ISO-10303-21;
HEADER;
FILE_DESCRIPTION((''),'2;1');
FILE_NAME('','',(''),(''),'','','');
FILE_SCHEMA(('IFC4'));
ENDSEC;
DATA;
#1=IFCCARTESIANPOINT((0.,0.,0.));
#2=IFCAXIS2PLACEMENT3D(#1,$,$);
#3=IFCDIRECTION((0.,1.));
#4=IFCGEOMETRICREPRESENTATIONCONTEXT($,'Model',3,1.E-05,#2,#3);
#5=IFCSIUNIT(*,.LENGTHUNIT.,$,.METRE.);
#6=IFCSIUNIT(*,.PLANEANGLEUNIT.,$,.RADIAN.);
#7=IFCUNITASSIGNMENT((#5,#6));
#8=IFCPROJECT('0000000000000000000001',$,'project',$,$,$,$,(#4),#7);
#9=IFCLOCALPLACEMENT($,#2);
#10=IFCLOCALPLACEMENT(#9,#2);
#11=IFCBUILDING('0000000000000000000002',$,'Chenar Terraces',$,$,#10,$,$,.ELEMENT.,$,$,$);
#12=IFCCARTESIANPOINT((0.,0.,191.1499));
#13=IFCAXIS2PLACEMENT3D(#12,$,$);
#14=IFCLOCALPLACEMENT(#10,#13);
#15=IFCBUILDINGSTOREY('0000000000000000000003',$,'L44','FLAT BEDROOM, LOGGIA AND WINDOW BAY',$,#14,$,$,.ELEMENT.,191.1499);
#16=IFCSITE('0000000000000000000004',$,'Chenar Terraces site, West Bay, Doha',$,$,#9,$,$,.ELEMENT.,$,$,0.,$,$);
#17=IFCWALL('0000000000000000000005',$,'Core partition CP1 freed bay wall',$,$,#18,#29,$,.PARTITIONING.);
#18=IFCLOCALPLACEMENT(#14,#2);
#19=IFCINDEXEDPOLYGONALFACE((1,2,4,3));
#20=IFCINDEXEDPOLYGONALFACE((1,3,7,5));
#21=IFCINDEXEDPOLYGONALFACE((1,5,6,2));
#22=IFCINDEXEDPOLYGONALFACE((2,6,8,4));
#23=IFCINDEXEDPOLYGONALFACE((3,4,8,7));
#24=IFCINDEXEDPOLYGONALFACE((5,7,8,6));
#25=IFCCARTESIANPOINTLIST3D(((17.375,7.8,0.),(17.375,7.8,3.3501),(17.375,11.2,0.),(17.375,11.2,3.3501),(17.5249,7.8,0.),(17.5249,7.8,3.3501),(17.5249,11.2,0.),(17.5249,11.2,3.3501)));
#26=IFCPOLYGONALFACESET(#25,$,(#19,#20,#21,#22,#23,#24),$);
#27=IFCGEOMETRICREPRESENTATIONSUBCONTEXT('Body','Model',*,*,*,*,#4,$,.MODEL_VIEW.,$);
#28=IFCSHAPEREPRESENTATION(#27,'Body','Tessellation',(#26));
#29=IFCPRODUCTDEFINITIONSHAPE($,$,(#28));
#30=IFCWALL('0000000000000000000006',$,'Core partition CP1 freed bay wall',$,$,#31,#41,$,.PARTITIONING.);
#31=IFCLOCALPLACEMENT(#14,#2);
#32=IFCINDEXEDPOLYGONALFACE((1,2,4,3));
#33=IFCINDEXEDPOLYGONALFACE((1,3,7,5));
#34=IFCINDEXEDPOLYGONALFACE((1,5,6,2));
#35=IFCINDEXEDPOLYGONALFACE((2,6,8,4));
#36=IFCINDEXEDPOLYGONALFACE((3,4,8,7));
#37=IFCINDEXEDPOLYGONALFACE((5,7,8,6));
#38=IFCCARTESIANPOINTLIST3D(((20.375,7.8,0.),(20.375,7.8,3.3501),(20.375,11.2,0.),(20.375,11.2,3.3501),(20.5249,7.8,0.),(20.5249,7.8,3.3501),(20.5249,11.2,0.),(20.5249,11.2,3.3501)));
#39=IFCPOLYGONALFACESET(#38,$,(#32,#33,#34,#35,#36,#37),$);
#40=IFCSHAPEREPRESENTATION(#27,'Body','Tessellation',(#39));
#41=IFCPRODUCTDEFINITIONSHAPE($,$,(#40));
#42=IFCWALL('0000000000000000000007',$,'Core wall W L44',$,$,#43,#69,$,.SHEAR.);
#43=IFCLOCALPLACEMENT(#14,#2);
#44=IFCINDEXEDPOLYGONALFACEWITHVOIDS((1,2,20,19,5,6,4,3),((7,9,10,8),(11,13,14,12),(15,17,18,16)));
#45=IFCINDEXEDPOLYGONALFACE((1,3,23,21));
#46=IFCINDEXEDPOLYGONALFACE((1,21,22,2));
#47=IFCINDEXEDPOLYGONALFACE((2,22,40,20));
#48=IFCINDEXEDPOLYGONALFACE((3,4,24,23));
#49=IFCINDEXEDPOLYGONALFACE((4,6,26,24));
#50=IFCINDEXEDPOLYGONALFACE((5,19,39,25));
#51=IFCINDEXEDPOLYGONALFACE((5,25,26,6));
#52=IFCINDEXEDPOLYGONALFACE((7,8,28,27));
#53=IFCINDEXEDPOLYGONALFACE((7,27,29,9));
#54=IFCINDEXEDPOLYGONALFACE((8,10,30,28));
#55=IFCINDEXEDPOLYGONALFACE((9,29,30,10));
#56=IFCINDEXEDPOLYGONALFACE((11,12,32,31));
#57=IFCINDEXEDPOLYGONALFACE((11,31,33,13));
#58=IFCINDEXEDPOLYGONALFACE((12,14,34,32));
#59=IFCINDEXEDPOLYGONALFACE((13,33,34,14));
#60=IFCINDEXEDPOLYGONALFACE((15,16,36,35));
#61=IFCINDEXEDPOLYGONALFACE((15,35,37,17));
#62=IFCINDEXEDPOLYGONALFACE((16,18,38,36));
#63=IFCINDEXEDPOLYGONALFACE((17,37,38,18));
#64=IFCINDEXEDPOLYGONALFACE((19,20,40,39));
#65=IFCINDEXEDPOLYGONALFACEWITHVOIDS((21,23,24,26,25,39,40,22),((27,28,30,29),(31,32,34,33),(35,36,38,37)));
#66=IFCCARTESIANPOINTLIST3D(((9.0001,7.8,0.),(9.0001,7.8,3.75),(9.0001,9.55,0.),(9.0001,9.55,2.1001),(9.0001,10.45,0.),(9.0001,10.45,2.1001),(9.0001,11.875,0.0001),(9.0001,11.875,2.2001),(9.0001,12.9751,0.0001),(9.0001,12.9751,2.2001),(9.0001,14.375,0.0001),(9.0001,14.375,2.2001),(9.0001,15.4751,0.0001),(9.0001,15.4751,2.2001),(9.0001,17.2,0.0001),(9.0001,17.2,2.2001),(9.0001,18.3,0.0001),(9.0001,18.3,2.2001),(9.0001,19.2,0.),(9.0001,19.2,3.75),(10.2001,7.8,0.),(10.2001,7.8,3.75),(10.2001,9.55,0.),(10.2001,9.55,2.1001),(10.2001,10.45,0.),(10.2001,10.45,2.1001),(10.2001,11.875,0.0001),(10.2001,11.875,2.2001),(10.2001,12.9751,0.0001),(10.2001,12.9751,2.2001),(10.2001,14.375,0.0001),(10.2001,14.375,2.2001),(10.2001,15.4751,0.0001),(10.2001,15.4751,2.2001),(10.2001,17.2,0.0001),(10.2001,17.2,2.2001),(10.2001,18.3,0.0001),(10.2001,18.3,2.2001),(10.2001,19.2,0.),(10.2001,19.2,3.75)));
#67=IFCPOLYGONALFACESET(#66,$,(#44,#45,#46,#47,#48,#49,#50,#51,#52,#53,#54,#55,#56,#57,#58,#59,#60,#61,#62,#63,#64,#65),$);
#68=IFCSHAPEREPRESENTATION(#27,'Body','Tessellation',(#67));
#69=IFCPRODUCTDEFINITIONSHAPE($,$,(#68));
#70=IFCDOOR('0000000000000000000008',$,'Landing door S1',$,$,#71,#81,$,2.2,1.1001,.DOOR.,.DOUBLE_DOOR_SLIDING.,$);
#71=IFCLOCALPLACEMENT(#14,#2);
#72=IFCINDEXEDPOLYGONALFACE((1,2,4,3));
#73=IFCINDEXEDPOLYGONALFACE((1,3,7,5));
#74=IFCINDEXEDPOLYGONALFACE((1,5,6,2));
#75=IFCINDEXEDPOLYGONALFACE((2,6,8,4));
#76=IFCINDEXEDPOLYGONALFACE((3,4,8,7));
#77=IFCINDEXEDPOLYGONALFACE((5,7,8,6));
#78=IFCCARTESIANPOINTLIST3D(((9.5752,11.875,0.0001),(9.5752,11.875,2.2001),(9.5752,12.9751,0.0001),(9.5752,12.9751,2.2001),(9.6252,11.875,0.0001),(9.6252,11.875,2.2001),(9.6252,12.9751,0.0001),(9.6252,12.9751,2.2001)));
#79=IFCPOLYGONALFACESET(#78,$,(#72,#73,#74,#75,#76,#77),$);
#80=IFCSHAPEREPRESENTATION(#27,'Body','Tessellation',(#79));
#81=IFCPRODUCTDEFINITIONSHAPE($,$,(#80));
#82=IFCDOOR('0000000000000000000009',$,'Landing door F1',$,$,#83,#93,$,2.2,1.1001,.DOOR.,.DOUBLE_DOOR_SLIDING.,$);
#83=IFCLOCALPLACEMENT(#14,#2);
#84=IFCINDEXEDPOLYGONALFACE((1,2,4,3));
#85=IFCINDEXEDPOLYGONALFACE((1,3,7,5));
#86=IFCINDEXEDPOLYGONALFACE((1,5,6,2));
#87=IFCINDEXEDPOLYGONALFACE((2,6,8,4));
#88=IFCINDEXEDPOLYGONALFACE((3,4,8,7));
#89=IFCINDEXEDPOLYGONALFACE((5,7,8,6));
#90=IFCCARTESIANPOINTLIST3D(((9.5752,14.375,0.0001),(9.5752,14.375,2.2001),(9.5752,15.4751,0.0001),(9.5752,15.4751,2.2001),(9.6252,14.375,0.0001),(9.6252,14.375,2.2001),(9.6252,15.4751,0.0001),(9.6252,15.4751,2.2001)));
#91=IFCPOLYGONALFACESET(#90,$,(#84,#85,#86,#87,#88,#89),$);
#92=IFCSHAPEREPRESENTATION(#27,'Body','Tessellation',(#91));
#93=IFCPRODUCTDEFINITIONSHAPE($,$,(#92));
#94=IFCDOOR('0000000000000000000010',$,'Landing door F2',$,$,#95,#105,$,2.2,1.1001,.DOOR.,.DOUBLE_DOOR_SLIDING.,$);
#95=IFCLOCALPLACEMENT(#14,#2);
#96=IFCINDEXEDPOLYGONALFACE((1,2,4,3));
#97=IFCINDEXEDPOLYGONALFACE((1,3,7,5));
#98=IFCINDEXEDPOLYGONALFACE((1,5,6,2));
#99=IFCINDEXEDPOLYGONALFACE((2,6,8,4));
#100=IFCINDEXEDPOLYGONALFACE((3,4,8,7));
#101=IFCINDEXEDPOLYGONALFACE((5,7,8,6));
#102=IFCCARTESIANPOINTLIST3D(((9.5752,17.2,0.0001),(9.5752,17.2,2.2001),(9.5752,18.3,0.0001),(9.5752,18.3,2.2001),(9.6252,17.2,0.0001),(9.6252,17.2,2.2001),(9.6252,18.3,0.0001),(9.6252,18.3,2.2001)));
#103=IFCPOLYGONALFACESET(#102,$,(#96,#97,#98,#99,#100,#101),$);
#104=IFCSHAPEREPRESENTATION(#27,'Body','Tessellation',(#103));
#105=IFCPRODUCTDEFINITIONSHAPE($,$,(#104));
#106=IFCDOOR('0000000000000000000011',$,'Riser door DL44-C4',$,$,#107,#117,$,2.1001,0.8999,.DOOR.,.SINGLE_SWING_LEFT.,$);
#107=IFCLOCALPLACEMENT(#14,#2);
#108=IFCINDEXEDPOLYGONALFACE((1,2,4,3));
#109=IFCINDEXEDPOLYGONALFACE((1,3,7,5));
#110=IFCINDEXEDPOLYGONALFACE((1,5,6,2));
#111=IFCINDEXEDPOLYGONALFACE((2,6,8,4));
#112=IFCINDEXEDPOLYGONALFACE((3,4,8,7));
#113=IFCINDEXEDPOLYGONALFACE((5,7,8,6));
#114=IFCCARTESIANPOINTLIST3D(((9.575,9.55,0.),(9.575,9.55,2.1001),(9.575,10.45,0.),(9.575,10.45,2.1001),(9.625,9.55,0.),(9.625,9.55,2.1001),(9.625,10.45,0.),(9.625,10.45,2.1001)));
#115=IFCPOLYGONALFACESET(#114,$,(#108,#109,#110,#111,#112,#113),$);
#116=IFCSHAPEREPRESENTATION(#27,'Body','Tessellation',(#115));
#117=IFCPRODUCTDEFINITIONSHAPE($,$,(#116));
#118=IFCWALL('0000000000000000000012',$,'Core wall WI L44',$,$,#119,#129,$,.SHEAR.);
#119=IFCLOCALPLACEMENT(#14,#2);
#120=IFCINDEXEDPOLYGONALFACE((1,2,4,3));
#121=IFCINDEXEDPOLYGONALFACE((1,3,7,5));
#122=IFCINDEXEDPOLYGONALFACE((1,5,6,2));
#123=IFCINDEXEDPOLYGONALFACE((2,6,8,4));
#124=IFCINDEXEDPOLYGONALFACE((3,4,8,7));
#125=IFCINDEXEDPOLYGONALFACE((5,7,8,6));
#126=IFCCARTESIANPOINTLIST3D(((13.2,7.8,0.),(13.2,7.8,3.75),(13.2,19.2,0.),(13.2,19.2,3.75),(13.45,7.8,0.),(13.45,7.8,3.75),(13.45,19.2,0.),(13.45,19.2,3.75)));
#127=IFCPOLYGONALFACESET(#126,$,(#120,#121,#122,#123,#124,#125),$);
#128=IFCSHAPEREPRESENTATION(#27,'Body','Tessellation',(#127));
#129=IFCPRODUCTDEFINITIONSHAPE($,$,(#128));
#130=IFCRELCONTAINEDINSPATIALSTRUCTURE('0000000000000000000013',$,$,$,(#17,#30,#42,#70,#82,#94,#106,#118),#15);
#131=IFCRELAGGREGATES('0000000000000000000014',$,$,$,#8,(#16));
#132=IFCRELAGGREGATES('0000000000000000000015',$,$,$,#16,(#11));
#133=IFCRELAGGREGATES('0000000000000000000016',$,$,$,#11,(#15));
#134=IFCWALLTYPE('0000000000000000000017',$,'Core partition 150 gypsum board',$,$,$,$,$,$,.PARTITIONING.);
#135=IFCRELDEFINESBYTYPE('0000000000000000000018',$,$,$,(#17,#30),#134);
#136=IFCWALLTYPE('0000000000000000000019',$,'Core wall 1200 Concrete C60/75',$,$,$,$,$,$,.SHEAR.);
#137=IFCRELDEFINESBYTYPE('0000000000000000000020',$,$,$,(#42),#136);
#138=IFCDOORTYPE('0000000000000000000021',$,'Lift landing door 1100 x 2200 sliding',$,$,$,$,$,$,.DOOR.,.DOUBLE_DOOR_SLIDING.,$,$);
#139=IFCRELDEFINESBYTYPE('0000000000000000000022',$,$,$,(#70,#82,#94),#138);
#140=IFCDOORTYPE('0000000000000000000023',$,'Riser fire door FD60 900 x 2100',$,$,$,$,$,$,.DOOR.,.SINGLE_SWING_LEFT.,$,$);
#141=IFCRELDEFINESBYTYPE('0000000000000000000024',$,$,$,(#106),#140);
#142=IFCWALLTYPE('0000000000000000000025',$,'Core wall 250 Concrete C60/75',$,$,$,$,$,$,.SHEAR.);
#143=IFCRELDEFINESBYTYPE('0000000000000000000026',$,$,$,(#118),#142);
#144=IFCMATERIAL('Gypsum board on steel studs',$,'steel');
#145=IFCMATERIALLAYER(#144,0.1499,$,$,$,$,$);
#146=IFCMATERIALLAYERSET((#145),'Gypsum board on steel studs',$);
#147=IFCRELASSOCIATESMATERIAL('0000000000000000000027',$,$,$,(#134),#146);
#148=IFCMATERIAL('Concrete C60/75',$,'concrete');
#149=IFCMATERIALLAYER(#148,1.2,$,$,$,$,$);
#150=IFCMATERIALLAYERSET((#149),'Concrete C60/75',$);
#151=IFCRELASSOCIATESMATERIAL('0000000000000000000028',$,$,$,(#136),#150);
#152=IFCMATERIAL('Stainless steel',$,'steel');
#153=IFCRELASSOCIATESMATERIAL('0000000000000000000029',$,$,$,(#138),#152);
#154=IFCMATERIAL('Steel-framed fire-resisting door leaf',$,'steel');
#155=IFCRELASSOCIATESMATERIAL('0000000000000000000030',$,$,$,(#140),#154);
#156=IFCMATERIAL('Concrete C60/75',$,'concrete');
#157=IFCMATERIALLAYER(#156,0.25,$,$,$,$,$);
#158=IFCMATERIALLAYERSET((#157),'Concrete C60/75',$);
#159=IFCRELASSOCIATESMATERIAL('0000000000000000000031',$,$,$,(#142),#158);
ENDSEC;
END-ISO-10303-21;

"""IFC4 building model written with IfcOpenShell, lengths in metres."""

from ifc_helpers import new_model, si_unit, direction, frame, frame_2d, origin, place, context, subcontext, project, spatial, rectangle, extrude, material, layer, layer_set, type_object, element, fill, save


model = new_model("IFC4")

# Units and contexts
model_context = context("Model", 3, precision=1e-05, world=origin(), true_north=direction((0.0, 1.0)))
body_context = subcontext(model_context, "Body", "Model", "MODEL_VIEW")
ifc_project = project(units=[si_unit("LENGTHUNIT", "METRE"), si_unit("PLANEANGLEUNIT", "RADIAN")], contexts=[model_context])

# Site, building, storey
site_placement = place(None, origin())
site = spatial("IfcSite", under=ifc_project, at=site_placement, Name="Chenar Terraces site, West Bay, Doha", CompositionType="ELEMENT", RefElevation=0.0)
building_placement = place(site_placement, origin())
building = spatial("IfcBuilding", under=site, at=building_placement, Name="Chenar Terraces", CompositionType="ELEMENT")
storey_placement = place(building_placement, frame((0.0, 0.0, 191.1499)))
storey = spatial("IfcBuildingStorey", under=building, at=storey_placement, Name="L44", Description="FLAT BEDROOM, LOGGIA AND WINDOW BAY", CompositionType="ELEMENT", Elevation=191.1499)

# Walls
ifc_material_1 = material(Name="Gypsum board on steel studs", Category="steel")
ifc_layer_1 = layer(ifc_material_1, 0.1499)
ifc_layer_set_1 = layer_set([ifc_layer_1], Name="Gypsum board on steel studs")
wall_type_1 = type_object("IfcWallType", Name="Core partition 150 gypsum board", PredefinedType="PARTITIONING", material=ifc_layer_set_1)
for number, where, z_axis, x_axis, name in (
    (1, (17.45, 7.8, 0.0), (0.0, 0.0, 1.0), (0.0, 1.0, 0.0), "Core partition CP1 freed bay wall"),
    (2, (20.45, 7.8, 0.0), (0.0, 0.0, 1.0), (0.0, 1.0, 0.0), "Core partition CP1 freed bay wall"),
):
    element("IfcWall", number, at=place(storey_placement, frame(where, z_axis=z_axis, x_axis=x_axis)), inside=storey, type_object=wall_type_1, Name=name, PredefinedType="PARTITIONING", context=body_context, shape_type="SweptSolid", body=[
        extrude(rectangle(XDim=3.3999, YDim=0.1499, at=frame_2d((1.7, 0.0))), origin(), (0.0, 0.0, 1.0), 3.3501),
    ])

# Wall, openings, doors
ifc_material_2 = material(Name="Concrete C60/75", Category="concrete")
ifc_layer_2 = layer(ifc_material_2, 1.2)
ifc_layer_set_2 = layer_set([ifc_layer_2], Name="Concrete C60/75")
wall_type_2 = type_object("IfcWallType", Name="Core wall 1200 Concrete C60/75", PredefinedType="SHEAR", material=ifc_layer_set_2)
wall_1_placement = place(storey_placement, frame((9.6001, 7.8, 0.0), z_axis=(0.0, 0.0, 1.0), x_axis=(0.0, 1.0, 0.0)))
wall_1 = element("IfcWall", 3, at=wall_1_placement, inside=storey, type_object=wall_type_2, Name="Core wall W L44", PredefinedType="SHEAR", context=body_context, shape_type="SweptSolid", body=[
    extrude(rectangle(XDim=11.3999, YDim=1.2, at=frame_2d((5.7, 0.0))), origin(), (0.0, 0.0, 1.0), 3.75),
])
opening_1_placement = place(wall_1_placement, frame((4.075, 0.0, 0.0)))
opening_1 = element("IfcOpeningElement", 4, at=opening_1_placement, cuts=wall_1, PredefinedType="OPENING", context=body_context, shape_type="SweptSolid", body=[
    extrude(rectangle(XDim=1.1001, YDim=2.2, at=frame_2d((0.55, 1.1001))), frame((0.0, 0.6099, 0.0), z_axis=(0.0, -1.0, 0.0), x_axis=(1.0, 0.0, 0.0)), (0.0, 0.0, 1.0), 1.22),
])
opening_2_placement = place(wall_1_placement, frame((6.575, 0.0, 0.0)))
opening_2 = element("IfcOpeningElement", 5, at=opening_2_placement, cuts=wall_1, PredefinedType="OPENING", context=body_context, shape_type="SweptSolid", body=[
    extrude(rectangle(XDim=1.1001, YDim=2.2, at=frame_2d((0.55, 1.1001))), frame((0.0, 0.6099, 0.0), z_axis=(0.0, -1.0, 0.0), x_axis=(1.0, 0.0, 0.0)), (0.0, 0.0, 1.0), 1.22),
])
opening_3_placement = place(wall_1_placement, frame((9.3999, 0.0, 0.0)))
opening_3 = element("IfcOpeningElement", 6, at=opening_3_placement, cuts=wall_1, PredefinedType="OPENING", context=body_context, shape_type="SweptSolid", body=[
    extrude(rectangle(XDim=1.1001, YDim=2.2, at=frame_2d((0.55, 1.1001))), frame((0.0, 0.6099, 0.0), z_axis=(0.0, -1.0, 0.0), x_axis=(1.0, 0.0, 0.0)), (0.0, 0.0, 1.0), 1.22),
])
opening_4_placement = place(wall_1_placement, frame((1.75, 0.0, 0.0)))
opening_4 = element("IfcOpeningElement", 7, at=opening_4_placement, cuts=wall_1, PredefinedType="OPENING", context=body_context, shape_type="SweptSolid", body=[
    extrude(rectangle(XDim=0.8999, YDim=2.1001, at=frame_2d((0.45, 1.05))), frame((0.0, 0.6099, 0.0), z_axis=(0.0, -1.0, 0.0), x_axis=(1.0, 0.0, 0.0)), (0.0, 0.0, 1.0), 1.22),
])
ifc_material_3 = material(Name="Stainless steel", Category="steel")
door_type_1 = type_object("IfcDoorType", Name="Lift landing door 1100 x 2200 sliding", OperationType="DOUBLE_DOOR_SLIDING", PredefinedType="DOOR", material=ifc_material_3)
door_1_placement = place(opening_1_placement, origin())
door_1 = element("IfcDoor", 8, at=door_1_placement, inside=storey, type_object=door_type_1, Name="Landing door S1", OperationType="DOUBLE_DOOR_SLIDING", OverallHeight=2.2, OverallWidth=1.1001, PredefinedType="DOOR", context=body_context, shape_type="SweptSolid", body=[
    extrude(rectangle(XDim=1.1001, YDim=2.2, at=frame_2d((0.55, 1.1001))), frame((0.0, 0.0249, 0.0), z_axis=(0.0, -1.0, 0.0), x_axis=(1.0, 0.0, 0.0)), (0.0, 0.0, 1.0), 0.05),
])
fill(opening_1, door_1)
door_2_placement = place(opening_2_placement, origin())
door_2 = element("IfcDoor", 9, at=door_2_placement, inside=storey, type_object=door_type_1, Name="Landing door F1", OperationType="DOUBLE_DOOR_SLIDING", OverallHeight=2.2, OverallWidth=1.1001, PredefinedType="DOOR", context=body_context, shape_type="SweptSolid", body=[
    extrude(rectangle(XDim=1.1001, YDim=2.2, at=frame_2d((0.55, 1.1001))), frame((0.0, 0.0249, 0.0), z_axis=(0.0, -1.0, 0.0), x_axis=(1.0, 0.0, 0.0)), (0.0, 0.0, 1.0), 0.05),
])
fill(opening_2, door_2)
door_3_placement = place(opening_3_placement, origin())
door_3 = element("IfcDoor", 10, at=door_3_placement, inside=storey, type_object=door_type_1, Name="Landing door F2", OperationType="DOUBLE_DOOR_SLIDING", OverallHeight=2.2, OverallWidth=1.1001, PredefinedType="DOOR", context=body_context, shape_type="SweptSolid", body=[
    extrude(rectangle(XDim=1.1001, YDim=2.2, at=frame_2d((0.55, 1.1001))), frame((0.0, 0.0249, 0.0), z_axis=(0.0, -1.0, 0.0), x_axis=(1.0, 0.0, 0.0)), (0.0, 0.0, 1.0), 0.05),
])
fill(opening_3, door_3)
ifc_material_4 = material(Name="Steel-framed fire-resisting door leaf", Category="steel")
door_type_2 = type_object("IfcDoorType", Name="Riser fire door FD60 900 x 2100", OperationType="SINGLE_SWING_LEFT", PredefinedType="DOOR", material=ifc_material_4)
door_4_placement = place(opening_4_placement, frame((0.8999, 0.0, 0.0), z_axis=(0.0, 0.0, 1.0), x_axis=(-1.0, 0.0, 0.0)))
door_4 = element("IfcDoor", 11, at=door_4_placement, inside=storey, type_object=door_type_2, Name="Riser door DL44-C4", OperationType="SINGLE_SWING_LEFT", OverallHeight=2.1001, OverallWidth=0.8999, PredefinedType="DOOR", context=body_context, shape_type="SweptSolid", body=[
    extrude(rectangle(XDim=0.8999, YDim=2.1001, at=frame_2d((0.45, 1.05))), frame((0.0, 0.0249, 0.0), z_axis=(0.0, -1.0, 0.0), x_axis=(1.0, 0.0, 0.0)), (0.0, 0.0, 1.0), 0.05),
])
fill(opening_4, door_4)

# Wall
ifc_material_5 = material(Name="Concrete C60/75", Category="concrete")
ifc_layer_3 = layer(ifc_material_5, 0.25)
ifc_layer_set_3 = layer_set([ifc_layer_3], Name="Concrete C60/75")
wall_type_3 = type_object("IfcWallType", Name="Core wall 250 Concrete C60/75", PredefinedType="SHEAR", material=ifc_layer_set_3)
wall_2_placement = place(storey_placement, frame((13.325, 7.8, 0.0), z_axis=(0.0, 0.0, 1.0), x_axis=(0.0, 1.0, 0.0)))
element("IfcWall", 12, at=wall_2_placement, inside=storey, type_object=wall_type_3, Name="Core wall WI L44", PredefinedType="SHEAR", context=body_context, shape_type="SweptSolid", body=[
    extrude(rectangle(XDim=11.3999, YDim=0.25, at=frame_2d((5.7, 0.0))), origin(), (0.0, 0.0, 1.0), 3.75),
])

save(model, "model.ifc")
